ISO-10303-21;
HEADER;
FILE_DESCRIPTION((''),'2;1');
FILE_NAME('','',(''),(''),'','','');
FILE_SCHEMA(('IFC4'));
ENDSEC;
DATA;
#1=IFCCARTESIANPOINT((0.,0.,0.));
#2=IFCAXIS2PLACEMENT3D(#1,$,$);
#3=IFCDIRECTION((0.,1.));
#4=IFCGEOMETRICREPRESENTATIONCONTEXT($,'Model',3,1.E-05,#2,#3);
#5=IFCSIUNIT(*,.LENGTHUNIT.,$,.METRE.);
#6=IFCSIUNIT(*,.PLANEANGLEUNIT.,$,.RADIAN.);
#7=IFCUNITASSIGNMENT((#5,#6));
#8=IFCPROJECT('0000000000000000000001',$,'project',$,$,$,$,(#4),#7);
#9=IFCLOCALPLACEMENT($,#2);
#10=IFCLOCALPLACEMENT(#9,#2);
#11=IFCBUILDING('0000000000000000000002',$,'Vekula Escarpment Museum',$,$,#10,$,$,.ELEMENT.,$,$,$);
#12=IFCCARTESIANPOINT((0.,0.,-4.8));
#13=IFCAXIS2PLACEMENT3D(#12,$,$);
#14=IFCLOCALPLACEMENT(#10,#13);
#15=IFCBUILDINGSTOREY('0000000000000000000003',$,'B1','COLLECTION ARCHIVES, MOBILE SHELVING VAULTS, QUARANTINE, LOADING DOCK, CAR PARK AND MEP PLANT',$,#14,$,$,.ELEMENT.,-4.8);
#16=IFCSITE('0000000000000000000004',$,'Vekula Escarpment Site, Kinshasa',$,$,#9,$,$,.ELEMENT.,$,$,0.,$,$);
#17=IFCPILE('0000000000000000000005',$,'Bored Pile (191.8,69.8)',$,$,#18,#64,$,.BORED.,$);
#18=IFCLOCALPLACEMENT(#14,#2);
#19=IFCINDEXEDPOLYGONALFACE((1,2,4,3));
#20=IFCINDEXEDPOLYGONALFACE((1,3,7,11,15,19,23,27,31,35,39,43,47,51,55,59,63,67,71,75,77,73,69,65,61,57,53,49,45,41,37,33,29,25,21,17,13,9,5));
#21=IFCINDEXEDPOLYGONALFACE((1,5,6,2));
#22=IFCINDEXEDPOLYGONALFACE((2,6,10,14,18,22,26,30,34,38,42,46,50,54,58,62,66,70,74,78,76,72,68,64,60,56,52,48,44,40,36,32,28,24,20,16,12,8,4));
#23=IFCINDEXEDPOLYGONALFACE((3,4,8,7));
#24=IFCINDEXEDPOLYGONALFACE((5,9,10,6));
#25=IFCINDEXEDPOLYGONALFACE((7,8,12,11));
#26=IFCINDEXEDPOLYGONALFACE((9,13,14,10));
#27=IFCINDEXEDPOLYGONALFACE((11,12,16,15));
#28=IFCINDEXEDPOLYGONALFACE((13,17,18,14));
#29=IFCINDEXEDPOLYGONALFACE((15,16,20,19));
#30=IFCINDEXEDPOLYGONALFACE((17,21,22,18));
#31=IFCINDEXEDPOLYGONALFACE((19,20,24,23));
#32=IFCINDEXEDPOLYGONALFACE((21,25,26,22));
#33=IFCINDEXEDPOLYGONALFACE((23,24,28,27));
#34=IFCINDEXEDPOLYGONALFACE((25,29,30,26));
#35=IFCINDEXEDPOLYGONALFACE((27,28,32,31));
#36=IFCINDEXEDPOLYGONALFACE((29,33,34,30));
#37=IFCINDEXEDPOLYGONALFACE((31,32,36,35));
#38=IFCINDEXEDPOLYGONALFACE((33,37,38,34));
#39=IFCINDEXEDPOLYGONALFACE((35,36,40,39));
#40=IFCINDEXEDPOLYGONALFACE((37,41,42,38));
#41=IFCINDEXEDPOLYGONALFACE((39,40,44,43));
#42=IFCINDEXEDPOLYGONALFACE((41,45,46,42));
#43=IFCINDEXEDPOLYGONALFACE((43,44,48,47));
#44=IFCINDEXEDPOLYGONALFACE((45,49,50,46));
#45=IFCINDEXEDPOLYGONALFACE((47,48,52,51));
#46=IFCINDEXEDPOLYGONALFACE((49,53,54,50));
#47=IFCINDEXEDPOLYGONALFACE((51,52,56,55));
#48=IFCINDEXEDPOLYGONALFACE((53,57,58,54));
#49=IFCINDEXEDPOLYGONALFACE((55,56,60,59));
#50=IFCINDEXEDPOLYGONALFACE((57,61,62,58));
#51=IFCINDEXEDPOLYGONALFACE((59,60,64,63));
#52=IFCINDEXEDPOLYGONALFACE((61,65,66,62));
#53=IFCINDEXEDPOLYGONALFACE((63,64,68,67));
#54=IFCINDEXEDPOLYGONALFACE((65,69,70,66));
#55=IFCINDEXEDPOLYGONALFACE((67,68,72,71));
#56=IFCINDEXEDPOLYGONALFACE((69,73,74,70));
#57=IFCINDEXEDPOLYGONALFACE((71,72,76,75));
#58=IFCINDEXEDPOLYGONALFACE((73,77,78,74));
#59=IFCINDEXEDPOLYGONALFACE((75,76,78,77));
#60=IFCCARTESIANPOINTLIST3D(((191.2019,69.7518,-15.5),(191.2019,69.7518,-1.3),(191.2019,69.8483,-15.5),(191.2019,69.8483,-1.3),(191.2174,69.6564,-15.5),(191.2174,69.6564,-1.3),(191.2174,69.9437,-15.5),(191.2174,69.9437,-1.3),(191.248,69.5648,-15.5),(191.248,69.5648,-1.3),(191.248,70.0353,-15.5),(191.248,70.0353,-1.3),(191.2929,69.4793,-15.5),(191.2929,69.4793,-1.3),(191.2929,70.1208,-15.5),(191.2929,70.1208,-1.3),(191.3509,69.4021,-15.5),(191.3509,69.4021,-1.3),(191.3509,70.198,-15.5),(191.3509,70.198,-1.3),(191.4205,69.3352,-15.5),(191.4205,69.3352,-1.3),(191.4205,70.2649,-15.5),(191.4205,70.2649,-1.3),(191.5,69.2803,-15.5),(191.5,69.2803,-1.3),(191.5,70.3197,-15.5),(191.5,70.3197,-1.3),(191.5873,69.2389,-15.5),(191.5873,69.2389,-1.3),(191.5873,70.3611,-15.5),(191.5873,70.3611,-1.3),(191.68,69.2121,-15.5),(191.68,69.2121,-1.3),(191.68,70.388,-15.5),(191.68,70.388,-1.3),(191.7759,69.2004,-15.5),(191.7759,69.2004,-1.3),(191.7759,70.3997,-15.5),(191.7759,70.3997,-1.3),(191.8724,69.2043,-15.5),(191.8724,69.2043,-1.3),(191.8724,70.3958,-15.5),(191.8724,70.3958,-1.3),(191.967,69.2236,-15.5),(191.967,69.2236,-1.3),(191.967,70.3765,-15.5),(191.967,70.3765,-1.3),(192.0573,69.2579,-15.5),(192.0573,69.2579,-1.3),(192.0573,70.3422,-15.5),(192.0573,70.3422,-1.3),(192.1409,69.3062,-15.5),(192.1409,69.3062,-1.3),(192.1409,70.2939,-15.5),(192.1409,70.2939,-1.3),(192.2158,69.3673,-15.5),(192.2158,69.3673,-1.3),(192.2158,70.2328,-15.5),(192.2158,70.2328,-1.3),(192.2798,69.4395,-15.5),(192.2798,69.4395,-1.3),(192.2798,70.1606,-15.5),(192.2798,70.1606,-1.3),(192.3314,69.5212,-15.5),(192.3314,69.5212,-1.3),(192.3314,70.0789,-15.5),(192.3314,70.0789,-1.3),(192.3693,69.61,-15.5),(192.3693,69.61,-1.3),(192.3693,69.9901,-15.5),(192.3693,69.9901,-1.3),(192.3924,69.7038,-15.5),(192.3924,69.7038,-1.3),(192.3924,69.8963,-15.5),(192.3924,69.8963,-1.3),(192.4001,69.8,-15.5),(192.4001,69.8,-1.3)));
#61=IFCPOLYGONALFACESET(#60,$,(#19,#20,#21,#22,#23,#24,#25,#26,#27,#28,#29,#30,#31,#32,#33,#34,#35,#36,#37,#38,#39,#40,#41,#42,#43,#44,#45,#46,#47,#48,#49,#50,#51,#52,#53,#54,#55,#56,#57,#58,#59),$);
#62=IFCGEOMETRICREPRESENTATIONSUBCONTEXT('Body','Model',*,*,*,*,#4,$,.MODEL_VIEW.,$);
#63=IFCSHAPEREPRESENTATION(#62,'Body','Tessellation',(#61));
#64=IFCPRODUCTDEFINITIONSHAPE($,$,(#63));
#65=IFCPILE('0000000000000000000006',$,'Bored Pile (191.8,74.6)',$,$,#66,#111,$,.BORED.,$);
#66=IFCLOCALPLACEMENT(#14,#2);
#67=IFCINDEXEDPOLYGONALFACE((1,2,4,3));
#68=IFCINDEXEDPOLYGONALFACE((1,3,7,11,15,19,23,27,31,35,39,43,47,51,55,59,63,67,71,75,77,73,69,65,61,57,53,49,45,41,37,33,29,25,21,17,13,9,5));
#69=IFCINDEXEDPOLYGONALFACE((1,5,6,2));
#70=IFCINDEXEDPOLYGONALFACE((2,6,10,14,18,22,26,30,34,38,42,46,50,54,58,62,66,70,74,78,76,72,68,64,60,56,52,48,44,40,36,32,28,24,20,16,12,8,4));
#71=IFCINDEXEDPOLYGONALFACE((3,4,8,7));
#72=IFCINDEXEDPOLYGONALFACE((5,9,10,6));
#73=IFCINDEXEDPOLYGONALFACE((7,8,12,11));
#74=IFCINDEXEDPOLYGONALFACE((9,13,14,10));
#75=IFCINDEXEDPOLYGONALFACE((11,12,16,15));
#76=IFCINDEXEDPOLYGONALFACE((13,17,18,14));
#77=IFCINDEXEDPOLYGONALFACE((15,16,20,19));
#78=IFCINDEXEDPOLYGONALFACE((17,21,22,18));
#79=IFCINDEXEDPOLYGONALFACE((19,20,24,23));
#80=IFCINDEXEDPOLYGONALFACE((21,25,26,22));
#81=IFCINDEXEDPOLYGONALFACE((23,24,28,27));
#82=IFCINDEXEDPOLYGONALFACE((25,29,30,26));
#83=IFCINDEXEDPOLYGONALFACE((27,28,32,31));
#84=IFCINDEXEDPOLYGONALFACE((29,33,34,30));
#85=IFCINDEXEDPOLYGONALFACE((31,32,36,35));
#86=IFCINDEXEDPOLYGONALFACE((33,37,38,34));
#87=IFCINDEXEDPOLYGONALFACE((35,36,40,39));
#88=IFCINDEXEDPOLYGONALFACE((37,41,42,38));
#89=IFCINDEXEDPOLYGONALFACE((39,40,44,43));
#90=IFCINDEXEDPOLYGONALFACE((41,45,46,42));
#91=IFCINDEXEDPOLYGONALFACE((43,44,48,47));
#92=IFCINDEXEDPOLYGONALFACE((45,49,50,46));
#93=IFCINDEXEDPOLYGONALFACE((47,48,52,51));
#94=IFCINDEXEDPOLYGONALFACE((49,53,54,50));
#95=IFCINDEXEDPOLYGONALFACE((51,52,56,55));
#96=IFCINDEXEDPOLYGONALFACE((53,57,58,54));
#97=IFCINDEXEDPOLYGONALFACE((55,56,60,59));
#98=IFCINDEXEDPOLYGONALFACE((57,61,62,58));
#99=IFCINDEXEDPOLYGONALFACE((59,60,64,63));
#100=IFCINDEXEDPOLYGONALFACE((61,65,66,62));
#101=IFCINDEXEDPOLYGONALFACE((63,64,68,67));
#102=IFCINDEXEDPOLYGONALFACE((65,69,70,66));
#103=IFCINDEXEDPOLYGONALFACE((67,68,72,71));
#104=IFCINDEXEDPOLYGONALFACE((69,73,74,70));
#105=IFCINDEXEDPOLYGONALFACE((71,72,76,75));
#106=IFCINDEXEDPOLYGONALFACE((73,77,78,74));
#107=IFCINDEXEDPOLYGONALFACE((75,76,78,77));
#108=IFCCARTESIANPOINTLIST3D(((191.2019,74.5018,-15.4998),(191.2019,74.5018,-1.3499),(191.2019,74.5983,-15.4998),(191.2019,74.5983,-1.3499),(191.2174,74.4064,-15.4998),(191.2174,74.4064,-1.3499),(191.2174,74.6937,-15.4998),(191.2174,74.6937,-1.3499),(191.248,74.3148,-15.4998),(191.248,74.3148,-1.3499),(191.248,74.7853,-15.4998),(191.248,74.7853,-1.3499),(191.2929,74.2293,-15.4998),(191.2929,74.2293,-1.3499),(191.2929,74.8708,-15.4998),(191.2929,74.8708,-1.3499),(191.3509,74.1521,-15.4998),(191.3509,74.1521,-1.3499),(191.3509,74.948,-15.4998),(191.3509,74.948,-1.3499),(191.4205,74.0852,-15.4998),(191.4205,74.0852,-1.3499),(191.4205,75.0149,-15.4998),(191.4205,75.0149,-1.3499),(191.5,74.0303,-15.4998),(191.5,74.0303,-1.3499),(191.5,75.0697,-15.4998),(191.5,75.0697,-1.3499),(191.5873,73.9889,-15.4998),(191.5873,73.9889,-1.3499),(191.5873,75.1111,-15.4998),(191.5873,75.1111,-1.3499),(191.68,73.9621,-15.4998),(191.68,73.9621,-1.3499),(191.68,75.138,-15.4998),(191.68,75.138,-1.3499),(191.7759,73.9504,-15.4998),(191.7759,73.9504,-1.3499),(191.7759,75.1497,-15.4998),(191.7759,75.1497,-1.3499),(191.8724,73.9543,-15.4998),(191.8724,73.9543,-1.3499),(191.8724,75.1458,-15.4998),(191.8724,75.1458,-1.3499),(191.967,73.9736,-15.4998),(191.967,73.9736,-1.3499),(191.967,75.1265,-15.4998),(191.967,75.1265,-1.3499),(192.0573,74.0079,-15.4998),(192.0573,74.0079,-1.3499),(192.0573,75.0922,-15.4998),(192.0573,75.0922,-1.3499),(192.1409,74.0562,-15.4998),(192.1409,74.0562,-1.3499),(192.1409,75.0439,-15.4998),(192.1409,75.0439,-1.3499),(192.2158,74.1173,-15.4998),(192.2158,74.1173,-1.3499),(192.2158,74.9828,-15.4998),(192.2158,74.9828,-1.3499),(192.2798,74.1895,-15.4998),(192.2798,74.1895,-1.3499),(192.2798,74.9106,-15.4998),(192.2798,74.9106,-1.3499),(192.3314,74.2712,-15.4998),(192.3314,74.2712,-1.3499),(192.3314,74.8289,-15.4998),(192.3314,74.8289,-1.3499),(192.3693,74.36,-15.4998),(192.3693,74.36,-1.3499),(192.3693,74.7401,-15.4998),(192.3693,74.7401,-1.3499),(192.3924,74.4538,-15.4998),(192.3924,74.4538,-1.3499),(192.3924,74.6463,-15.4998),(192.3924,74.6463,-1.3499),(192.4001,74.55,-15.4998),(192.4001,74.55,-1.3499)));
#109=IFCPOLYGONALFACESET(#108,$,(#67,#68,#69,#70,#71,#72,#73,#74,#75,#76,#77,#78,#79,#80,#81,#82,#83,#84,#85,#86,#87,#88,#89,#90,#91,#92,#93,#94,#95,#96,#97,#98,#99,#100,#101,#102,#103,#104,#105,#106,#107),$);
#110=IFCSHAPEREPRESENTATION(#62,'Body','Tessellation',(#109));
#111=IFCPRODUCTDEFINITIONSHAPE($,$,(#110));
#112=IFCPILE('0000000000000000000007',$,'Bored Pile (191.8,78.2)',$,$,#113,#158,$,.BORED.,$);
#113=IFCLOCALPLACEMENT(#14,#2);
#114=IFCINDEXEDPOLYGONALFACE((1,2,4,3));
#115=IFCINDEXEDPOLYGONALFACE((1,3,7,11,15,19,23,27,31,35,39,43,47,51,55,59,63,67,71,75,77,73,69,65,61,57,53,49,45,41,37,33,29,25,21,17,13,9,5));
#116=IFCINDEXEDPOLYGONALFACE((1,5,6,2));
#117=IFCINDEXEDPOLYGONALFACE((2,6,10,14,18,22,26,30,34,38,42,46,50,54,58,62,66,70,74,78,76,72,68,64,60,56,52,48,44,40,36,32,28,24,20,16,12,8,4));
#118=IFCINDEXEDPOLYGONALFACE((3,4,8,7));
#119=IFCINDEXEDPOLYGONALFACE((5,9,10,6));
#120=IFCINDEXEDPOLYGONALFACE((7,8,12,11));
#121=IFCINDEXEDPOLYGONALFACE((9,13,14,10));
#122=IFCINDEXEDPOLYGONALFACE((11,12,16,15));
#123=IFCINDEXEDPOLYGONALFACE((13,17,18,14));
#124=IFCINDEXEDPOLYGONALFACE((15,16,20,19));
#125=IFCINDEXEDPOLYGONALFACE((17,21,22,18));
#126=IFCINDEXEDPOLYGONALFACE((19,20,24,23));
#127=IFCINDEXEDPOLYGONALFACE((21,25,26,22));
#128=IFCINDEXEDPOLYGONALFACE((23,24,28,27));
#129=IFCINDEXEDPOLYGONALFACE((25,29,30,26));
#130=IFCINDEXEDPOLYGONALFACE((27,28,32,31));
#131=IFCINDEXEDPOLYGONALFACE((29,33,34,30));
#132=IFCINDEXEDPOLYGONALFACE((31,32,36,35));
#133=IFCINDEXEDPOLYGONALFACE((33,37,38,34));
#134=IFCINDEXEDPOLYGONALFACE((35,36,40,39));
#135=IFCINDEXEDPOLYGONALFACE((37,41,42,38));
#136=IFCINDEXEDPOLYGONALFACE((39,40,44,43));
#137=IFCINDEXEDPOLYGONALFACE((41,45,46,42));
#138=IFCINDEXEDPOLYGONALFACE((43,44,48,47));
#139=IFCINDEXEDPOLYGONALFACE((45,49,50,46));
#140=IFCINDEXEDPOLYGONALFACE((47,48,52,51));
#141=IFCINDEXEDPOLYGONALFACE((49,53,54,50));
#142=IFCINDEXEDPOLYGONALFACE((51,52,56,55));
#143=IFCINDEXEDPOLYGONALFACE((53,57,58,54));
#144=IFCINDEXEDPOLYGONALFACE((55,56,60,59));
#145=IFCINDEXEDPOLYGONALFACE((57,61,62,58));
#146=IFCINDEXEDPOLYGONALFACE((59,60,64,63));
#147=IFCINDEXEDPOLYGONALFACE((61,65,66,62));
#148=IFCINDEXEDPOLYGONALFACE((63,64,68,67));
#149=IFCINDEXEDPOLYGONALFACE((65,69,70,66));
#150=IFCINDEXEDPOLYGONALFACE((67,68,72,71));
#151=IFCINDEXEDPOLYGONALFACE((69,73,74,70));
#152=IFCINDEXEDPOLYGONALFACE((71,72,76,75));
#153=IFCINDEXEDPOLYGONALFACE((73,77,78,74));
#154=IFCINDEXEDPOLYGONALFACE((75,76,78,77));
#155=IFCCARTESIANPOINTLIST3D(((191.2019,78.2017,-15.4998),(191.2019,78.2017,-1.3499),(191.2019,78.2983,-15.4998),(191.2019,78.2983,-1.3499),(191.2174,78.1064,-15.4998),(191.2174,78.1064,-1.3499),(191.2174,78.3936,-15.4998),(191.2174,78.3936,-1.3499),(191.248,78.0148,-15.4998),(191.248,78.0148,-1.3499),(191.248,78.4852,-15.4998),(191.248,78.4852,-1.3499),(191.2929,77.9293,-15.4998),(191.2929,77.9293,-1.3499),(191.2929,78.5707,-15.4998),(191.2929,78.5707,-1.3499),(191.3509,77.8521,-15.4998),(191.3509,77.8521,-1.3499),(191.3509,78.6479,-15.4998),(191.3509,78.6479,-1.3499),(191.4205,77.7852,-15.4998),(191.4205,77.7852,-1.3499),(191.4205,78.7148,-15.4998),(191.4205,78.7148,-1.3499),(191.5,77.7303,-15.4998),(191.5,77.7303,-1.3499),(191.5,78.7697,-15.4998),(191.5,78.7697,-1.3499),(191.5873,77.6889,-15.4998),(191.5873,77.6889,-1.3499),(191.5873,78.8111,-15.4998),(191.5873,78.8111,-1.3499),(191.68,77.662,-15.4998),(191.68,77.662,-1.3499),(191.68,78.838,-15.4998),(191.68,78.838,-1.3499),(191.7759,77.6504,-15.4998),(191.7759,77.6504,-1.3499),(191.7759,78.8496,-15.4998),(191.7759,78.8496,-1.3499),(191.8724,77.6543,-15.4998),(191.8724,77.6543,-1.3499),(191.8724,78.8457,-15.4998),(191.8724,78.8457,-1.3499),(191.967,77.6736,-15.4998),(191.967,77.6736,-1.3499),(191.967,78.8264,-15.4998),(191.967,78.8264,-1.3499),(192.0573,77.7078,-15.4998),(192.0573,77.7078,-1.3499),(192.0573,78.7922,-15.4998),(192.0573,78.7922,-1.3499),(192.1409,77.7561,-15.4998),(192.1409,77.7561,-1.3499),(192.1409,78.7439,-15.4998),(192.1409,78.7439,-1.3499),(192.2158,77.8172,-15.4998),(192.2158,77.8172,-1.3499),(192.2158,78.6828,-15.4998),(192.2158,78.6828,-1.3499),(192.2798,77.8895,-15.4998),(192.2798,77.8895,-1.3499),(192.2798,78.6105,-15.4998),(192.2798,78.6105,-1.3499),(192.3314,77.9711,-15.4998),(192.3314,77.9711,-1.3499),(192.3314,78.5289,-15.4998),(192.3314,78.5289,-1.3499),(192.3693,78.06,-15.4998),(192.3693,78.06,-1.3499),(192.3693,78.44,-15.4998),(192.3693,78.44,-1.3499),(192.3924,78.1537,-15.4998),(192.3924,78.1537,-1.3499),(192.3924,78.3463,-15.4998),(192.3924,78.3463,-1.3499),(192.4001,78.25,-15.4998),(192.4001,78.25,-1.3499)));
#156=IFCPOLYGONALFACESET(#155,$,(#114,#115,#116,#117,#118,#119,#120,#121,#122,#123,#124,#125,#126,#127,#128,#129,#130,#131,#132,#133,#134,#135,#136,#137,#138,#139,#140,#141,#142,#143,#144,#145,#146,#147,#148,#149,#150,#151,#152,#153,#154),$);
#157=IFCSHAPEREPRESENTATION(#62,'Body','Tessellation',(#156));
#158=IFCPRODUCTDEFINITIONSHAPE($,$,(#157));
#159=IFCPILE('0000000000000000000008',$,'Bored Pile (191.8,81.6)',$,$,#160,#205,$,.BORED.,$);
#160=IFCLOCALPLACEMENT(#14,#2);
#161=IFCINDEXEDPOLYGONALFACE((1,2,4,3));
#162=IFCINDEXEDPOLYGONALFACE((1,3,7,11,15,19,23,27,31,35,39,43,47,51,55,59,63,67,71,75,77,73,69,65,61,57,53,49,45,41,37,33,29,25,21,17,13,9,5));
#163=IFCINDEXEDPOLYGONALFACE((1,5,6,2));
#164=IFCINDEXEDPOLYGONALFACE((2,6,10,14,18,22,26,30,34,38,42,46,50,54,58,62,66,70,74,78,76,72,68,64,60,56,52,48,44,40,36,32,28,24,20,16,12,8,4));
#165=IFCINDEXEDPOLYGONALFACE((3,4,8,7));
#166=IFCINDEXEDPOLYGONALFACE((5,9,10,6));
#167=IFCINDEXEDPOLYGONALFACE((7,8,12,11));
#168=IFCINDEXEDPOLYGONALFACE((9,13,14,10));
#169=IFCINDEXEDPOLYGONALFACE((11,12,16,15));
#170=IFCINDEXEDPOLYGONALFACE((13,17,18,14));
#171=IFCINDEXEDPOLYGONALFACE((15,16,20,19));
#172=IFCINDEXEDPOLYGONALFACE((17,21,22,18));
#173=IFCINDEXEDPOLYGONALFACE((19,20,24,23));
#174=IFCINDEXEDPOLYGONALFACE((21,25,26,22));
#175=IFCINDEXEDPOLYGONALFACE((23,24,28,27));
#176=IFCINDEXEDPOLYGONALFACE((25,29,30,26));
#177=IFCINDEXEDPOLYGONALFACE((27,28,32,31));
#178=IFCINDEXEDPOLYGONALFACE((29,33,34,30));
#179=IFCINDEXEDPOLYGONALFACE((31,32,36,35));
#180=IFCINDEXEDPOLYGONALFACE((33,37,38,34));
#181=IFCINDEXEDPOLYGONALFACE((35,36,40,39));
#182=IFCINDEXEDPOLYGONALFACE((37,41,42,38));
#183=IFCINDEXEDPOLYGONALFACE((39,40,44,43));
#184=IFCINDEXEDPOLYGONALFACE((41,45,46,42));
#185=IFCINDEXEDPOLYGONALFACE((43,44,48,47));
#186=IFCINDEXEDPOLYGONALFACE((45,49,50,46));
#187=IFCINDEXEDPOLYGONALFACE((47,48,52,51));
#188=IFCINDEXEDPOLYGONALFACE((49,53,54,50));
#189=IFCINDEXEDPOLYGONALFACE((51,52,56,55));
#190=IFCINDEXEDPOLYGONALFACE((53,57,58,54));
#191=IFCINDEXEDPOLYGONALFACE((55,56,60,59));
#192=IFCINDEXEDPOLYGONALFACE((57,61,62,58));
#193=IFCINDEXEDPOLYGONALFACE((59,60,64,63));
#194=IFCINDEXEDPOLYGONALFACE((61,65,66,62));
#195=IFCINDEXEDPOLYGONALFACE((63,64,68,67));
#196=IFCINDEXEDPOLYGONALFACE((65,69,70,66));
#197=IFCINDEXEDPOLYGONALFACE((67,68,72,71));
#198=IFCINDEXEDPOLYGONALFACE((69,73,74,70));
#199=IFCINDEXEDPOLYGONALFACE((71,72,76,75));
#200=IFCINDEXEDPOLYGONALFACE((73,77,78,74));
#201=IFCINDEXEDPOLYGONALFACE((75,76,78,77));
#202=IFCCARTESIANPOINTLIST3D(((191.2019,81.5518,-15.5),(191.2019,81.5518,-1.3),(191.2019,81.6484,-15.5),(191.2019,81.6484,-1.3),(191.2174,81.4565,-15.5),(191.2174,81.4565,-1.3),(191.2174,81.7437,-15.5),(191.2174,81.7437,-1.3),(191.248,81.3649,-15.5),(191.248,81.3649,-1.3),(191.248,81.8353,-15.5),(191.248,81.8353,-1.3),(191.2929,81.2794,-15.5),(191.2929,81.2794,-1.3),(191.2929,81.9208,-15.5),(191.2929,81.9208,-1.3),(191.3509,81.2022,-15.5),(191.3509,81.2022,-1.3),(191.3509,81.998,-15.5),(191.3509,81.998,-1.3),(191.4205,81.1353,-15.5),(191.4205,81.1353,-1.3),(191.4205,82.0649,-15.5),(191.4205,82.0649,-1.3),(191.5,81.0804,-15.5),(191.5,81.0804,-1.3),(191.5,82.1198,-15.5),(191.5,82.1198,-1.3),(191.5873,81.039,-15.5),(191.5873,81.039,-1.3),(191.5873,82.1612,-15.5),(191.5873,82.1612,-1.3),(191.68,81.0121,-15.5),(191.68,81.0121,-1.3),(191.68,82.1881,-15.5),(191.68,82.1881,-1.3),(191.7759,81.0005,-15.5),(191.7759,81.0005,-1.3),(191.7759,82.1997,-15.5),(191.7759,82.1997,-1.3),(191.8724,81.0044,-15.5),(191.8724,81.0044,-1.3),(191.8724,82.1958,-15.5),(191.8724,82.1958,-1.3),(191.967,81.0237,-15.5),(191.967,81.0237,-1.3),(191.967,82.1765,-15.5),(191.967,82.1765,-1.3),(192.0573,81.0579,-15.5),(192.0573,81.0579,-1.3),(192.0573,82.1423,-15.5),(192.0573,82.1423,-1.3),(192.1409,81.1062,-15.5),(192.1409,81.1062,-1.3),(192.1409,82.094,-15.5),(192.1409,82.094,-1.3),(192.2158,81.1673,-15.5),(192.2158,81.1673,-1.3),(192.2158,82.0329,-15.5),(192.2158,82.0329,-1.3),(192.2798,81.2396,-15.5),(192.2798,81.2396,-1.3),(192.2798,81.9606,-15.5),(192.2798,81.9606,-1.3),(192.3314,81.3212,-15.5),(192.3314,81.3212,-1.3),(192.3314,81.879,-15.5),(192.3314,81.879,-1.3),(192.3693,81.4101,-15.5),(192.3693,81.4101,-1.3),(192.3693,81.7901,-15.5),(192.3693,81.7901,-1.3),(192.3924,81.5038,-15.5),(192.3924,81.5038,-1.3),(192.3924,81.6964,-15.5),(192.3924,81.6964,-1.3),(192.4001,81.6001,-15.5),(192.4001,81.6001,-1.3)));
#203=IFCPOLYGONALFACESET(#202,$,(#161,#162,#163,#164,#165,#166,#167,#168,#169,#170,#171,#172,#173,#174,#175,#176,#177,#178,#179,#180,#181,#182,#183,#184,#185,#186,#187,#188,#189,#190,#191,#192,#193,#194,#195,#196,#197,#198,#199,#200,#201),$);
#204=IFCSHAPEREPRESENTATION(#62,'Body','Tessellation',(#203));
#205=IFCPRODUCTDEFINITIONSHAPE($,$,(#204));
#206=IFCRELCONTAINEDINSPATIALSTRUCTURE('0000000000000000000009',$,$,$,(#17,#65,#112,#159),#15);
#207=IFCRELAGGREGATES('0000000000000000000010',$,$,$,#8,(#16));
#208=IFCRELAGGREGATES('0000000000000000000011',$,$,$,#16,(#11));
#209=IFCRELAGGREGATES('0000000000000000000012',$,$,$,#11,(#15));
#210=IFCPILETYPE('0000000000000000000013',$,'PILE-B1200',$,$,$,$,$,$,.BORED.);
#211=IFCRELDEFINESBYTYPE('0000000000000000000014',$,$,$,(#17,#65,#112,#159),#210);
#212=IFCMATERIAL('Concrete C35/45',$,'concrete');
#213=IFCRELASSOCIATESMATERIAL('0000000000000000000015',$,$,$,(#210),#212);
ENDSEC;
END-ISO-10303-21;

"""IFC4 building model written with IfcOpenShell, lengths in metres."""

from ifc_helpers import new_model, si_unit, direction, frame, origin, origin_2d, place, context, subcontext, project, spatial, circle, extrude, material, material_profile, profile_set, type_object, element, save


model = new_model("IFC4")

# Units and contexts
model_context = context("Model", 3, precision=1e-05, world=origin(), true_north=direction((0.0, 1.0)))
body_context = subcontext(model_context, "Body", "Model", "MODEL_VIEW")
ifc_project = project(units=[si_unit("LENGTHUNIT", "METRE"), si_unit("PLANEANGLEUNIT", "RADIAN")], contexts=[model_context])

# Site, building, storey
site_placement = place(None, origin())
site = spatial("IfcSite", under=ifc_project, at=site_placement, Name="Vekula Escarpment Site, Kinshasa", CompositionType="ELEMENT", RefElevation=0.0)
building_placement = place(site_placement, origin())
building = spatial("IfcBuilding", under=site, at=building_placement, Name="Vekula Escarpment Museum", CompositionType="ELEMENT")
storey_placement = place(building_placement, frame((0.0, 0.0, -4.8)))
storey = spatial("IfcBuildingStorey", under=building, at=storey_placement, Name="B1", Description="COLLECTION ARCHIVES, MOBILE SHELVING VAULTS, QUARANTINE, LOADING DOCK, CAR PARK AND MEP PLANT", CompositionType="ELEMENT", Elevation=-4.8)

# Piles
ifc_material_1 = material(Name="Concrete C35/45", Category="concrete")
ifc_material_profile_1 = material_profile(ifc_material_1, circle(Radius=0.6001, at=origin_2d()), Name="BORED PILE 1200")
ifc_profile_set_1 = profile_set([ifc_material_profile_1], Name="Concrete C35/45")
pile_type = type_object("IfcPileType", Name="PILE-B1200", PredefinedType="BORED", material=ifc_profile_set_1)
for number, where, z_axis, x_axis, name in (
    (1, (191.8, 69.8, -1.3), (0.0, 0.0, -1.0), (1.0, 0.0, 0.0), "Bored Pile (191.8,69.8)"),
):
    element("IfcPile", number, at=place(storey_placement, frame(where, z_axis=z_axis, x_axis=x_axis)), inside=storey, type_object=pile_type, Name=name, PredefinedType="BORED", context=body_context, shape_type="SweptSolid", body=[
        extrude(circle(Radius=0.6001, at=origin_2d()), origin(), (0.0, 0.0, 1.0), 14.2),
    ])
for number, where, z_axis, x_axis, name in (
    (2, (191.8, 74.55, -1.3499), (0.0, 0.0, -1.0), (1.0, 0.0, 0.0), "Bored Pile (191.8,74.6)"),
    (3, (191.8, 78.25, -1.3499), (0.0, 0.0, -1.0), (1.0, 0.0, 0.0), "Bored Pile (191.8,78.2)"),
):
    element("IfcPile", number, at=place(storey_placement, frame(where, z_axis=z_axis, x_axis=x_axis)), inside=storey, type_object=pile_type, Name=name, PredefinedType="BORED", context=body_context, shape_type="SweptSolid", body=[
        extrude(circle(Radius=0.6001, at=origin_2d()), origin(), (0.0, 0.0, 1.0), 14.1499),
    ])
for number, where, z_axis, x_axis, name in (
    (4, (191.8, 81.6001, -1.3), (0.0, 0.0, -1.0), (1.0, 0.0, 0.0), "Bored Pile (191.8,81.6)"),
):
    element("IfcPile", number, at=place(storey_placement, frame(where, z_axis=z_axis, x_axis=x_axis)), inside=storey, type_object=pile_type, Name=name, PredefinedType="BORED", context=body_context, shape_type="SweptSolid", body=[
        extrude(circle(Radius=0.6001, at=origin_2d()), origin(), (0.0, 0.0, 1.0), 14.2),
    ])

save(model, "model.ifc")
